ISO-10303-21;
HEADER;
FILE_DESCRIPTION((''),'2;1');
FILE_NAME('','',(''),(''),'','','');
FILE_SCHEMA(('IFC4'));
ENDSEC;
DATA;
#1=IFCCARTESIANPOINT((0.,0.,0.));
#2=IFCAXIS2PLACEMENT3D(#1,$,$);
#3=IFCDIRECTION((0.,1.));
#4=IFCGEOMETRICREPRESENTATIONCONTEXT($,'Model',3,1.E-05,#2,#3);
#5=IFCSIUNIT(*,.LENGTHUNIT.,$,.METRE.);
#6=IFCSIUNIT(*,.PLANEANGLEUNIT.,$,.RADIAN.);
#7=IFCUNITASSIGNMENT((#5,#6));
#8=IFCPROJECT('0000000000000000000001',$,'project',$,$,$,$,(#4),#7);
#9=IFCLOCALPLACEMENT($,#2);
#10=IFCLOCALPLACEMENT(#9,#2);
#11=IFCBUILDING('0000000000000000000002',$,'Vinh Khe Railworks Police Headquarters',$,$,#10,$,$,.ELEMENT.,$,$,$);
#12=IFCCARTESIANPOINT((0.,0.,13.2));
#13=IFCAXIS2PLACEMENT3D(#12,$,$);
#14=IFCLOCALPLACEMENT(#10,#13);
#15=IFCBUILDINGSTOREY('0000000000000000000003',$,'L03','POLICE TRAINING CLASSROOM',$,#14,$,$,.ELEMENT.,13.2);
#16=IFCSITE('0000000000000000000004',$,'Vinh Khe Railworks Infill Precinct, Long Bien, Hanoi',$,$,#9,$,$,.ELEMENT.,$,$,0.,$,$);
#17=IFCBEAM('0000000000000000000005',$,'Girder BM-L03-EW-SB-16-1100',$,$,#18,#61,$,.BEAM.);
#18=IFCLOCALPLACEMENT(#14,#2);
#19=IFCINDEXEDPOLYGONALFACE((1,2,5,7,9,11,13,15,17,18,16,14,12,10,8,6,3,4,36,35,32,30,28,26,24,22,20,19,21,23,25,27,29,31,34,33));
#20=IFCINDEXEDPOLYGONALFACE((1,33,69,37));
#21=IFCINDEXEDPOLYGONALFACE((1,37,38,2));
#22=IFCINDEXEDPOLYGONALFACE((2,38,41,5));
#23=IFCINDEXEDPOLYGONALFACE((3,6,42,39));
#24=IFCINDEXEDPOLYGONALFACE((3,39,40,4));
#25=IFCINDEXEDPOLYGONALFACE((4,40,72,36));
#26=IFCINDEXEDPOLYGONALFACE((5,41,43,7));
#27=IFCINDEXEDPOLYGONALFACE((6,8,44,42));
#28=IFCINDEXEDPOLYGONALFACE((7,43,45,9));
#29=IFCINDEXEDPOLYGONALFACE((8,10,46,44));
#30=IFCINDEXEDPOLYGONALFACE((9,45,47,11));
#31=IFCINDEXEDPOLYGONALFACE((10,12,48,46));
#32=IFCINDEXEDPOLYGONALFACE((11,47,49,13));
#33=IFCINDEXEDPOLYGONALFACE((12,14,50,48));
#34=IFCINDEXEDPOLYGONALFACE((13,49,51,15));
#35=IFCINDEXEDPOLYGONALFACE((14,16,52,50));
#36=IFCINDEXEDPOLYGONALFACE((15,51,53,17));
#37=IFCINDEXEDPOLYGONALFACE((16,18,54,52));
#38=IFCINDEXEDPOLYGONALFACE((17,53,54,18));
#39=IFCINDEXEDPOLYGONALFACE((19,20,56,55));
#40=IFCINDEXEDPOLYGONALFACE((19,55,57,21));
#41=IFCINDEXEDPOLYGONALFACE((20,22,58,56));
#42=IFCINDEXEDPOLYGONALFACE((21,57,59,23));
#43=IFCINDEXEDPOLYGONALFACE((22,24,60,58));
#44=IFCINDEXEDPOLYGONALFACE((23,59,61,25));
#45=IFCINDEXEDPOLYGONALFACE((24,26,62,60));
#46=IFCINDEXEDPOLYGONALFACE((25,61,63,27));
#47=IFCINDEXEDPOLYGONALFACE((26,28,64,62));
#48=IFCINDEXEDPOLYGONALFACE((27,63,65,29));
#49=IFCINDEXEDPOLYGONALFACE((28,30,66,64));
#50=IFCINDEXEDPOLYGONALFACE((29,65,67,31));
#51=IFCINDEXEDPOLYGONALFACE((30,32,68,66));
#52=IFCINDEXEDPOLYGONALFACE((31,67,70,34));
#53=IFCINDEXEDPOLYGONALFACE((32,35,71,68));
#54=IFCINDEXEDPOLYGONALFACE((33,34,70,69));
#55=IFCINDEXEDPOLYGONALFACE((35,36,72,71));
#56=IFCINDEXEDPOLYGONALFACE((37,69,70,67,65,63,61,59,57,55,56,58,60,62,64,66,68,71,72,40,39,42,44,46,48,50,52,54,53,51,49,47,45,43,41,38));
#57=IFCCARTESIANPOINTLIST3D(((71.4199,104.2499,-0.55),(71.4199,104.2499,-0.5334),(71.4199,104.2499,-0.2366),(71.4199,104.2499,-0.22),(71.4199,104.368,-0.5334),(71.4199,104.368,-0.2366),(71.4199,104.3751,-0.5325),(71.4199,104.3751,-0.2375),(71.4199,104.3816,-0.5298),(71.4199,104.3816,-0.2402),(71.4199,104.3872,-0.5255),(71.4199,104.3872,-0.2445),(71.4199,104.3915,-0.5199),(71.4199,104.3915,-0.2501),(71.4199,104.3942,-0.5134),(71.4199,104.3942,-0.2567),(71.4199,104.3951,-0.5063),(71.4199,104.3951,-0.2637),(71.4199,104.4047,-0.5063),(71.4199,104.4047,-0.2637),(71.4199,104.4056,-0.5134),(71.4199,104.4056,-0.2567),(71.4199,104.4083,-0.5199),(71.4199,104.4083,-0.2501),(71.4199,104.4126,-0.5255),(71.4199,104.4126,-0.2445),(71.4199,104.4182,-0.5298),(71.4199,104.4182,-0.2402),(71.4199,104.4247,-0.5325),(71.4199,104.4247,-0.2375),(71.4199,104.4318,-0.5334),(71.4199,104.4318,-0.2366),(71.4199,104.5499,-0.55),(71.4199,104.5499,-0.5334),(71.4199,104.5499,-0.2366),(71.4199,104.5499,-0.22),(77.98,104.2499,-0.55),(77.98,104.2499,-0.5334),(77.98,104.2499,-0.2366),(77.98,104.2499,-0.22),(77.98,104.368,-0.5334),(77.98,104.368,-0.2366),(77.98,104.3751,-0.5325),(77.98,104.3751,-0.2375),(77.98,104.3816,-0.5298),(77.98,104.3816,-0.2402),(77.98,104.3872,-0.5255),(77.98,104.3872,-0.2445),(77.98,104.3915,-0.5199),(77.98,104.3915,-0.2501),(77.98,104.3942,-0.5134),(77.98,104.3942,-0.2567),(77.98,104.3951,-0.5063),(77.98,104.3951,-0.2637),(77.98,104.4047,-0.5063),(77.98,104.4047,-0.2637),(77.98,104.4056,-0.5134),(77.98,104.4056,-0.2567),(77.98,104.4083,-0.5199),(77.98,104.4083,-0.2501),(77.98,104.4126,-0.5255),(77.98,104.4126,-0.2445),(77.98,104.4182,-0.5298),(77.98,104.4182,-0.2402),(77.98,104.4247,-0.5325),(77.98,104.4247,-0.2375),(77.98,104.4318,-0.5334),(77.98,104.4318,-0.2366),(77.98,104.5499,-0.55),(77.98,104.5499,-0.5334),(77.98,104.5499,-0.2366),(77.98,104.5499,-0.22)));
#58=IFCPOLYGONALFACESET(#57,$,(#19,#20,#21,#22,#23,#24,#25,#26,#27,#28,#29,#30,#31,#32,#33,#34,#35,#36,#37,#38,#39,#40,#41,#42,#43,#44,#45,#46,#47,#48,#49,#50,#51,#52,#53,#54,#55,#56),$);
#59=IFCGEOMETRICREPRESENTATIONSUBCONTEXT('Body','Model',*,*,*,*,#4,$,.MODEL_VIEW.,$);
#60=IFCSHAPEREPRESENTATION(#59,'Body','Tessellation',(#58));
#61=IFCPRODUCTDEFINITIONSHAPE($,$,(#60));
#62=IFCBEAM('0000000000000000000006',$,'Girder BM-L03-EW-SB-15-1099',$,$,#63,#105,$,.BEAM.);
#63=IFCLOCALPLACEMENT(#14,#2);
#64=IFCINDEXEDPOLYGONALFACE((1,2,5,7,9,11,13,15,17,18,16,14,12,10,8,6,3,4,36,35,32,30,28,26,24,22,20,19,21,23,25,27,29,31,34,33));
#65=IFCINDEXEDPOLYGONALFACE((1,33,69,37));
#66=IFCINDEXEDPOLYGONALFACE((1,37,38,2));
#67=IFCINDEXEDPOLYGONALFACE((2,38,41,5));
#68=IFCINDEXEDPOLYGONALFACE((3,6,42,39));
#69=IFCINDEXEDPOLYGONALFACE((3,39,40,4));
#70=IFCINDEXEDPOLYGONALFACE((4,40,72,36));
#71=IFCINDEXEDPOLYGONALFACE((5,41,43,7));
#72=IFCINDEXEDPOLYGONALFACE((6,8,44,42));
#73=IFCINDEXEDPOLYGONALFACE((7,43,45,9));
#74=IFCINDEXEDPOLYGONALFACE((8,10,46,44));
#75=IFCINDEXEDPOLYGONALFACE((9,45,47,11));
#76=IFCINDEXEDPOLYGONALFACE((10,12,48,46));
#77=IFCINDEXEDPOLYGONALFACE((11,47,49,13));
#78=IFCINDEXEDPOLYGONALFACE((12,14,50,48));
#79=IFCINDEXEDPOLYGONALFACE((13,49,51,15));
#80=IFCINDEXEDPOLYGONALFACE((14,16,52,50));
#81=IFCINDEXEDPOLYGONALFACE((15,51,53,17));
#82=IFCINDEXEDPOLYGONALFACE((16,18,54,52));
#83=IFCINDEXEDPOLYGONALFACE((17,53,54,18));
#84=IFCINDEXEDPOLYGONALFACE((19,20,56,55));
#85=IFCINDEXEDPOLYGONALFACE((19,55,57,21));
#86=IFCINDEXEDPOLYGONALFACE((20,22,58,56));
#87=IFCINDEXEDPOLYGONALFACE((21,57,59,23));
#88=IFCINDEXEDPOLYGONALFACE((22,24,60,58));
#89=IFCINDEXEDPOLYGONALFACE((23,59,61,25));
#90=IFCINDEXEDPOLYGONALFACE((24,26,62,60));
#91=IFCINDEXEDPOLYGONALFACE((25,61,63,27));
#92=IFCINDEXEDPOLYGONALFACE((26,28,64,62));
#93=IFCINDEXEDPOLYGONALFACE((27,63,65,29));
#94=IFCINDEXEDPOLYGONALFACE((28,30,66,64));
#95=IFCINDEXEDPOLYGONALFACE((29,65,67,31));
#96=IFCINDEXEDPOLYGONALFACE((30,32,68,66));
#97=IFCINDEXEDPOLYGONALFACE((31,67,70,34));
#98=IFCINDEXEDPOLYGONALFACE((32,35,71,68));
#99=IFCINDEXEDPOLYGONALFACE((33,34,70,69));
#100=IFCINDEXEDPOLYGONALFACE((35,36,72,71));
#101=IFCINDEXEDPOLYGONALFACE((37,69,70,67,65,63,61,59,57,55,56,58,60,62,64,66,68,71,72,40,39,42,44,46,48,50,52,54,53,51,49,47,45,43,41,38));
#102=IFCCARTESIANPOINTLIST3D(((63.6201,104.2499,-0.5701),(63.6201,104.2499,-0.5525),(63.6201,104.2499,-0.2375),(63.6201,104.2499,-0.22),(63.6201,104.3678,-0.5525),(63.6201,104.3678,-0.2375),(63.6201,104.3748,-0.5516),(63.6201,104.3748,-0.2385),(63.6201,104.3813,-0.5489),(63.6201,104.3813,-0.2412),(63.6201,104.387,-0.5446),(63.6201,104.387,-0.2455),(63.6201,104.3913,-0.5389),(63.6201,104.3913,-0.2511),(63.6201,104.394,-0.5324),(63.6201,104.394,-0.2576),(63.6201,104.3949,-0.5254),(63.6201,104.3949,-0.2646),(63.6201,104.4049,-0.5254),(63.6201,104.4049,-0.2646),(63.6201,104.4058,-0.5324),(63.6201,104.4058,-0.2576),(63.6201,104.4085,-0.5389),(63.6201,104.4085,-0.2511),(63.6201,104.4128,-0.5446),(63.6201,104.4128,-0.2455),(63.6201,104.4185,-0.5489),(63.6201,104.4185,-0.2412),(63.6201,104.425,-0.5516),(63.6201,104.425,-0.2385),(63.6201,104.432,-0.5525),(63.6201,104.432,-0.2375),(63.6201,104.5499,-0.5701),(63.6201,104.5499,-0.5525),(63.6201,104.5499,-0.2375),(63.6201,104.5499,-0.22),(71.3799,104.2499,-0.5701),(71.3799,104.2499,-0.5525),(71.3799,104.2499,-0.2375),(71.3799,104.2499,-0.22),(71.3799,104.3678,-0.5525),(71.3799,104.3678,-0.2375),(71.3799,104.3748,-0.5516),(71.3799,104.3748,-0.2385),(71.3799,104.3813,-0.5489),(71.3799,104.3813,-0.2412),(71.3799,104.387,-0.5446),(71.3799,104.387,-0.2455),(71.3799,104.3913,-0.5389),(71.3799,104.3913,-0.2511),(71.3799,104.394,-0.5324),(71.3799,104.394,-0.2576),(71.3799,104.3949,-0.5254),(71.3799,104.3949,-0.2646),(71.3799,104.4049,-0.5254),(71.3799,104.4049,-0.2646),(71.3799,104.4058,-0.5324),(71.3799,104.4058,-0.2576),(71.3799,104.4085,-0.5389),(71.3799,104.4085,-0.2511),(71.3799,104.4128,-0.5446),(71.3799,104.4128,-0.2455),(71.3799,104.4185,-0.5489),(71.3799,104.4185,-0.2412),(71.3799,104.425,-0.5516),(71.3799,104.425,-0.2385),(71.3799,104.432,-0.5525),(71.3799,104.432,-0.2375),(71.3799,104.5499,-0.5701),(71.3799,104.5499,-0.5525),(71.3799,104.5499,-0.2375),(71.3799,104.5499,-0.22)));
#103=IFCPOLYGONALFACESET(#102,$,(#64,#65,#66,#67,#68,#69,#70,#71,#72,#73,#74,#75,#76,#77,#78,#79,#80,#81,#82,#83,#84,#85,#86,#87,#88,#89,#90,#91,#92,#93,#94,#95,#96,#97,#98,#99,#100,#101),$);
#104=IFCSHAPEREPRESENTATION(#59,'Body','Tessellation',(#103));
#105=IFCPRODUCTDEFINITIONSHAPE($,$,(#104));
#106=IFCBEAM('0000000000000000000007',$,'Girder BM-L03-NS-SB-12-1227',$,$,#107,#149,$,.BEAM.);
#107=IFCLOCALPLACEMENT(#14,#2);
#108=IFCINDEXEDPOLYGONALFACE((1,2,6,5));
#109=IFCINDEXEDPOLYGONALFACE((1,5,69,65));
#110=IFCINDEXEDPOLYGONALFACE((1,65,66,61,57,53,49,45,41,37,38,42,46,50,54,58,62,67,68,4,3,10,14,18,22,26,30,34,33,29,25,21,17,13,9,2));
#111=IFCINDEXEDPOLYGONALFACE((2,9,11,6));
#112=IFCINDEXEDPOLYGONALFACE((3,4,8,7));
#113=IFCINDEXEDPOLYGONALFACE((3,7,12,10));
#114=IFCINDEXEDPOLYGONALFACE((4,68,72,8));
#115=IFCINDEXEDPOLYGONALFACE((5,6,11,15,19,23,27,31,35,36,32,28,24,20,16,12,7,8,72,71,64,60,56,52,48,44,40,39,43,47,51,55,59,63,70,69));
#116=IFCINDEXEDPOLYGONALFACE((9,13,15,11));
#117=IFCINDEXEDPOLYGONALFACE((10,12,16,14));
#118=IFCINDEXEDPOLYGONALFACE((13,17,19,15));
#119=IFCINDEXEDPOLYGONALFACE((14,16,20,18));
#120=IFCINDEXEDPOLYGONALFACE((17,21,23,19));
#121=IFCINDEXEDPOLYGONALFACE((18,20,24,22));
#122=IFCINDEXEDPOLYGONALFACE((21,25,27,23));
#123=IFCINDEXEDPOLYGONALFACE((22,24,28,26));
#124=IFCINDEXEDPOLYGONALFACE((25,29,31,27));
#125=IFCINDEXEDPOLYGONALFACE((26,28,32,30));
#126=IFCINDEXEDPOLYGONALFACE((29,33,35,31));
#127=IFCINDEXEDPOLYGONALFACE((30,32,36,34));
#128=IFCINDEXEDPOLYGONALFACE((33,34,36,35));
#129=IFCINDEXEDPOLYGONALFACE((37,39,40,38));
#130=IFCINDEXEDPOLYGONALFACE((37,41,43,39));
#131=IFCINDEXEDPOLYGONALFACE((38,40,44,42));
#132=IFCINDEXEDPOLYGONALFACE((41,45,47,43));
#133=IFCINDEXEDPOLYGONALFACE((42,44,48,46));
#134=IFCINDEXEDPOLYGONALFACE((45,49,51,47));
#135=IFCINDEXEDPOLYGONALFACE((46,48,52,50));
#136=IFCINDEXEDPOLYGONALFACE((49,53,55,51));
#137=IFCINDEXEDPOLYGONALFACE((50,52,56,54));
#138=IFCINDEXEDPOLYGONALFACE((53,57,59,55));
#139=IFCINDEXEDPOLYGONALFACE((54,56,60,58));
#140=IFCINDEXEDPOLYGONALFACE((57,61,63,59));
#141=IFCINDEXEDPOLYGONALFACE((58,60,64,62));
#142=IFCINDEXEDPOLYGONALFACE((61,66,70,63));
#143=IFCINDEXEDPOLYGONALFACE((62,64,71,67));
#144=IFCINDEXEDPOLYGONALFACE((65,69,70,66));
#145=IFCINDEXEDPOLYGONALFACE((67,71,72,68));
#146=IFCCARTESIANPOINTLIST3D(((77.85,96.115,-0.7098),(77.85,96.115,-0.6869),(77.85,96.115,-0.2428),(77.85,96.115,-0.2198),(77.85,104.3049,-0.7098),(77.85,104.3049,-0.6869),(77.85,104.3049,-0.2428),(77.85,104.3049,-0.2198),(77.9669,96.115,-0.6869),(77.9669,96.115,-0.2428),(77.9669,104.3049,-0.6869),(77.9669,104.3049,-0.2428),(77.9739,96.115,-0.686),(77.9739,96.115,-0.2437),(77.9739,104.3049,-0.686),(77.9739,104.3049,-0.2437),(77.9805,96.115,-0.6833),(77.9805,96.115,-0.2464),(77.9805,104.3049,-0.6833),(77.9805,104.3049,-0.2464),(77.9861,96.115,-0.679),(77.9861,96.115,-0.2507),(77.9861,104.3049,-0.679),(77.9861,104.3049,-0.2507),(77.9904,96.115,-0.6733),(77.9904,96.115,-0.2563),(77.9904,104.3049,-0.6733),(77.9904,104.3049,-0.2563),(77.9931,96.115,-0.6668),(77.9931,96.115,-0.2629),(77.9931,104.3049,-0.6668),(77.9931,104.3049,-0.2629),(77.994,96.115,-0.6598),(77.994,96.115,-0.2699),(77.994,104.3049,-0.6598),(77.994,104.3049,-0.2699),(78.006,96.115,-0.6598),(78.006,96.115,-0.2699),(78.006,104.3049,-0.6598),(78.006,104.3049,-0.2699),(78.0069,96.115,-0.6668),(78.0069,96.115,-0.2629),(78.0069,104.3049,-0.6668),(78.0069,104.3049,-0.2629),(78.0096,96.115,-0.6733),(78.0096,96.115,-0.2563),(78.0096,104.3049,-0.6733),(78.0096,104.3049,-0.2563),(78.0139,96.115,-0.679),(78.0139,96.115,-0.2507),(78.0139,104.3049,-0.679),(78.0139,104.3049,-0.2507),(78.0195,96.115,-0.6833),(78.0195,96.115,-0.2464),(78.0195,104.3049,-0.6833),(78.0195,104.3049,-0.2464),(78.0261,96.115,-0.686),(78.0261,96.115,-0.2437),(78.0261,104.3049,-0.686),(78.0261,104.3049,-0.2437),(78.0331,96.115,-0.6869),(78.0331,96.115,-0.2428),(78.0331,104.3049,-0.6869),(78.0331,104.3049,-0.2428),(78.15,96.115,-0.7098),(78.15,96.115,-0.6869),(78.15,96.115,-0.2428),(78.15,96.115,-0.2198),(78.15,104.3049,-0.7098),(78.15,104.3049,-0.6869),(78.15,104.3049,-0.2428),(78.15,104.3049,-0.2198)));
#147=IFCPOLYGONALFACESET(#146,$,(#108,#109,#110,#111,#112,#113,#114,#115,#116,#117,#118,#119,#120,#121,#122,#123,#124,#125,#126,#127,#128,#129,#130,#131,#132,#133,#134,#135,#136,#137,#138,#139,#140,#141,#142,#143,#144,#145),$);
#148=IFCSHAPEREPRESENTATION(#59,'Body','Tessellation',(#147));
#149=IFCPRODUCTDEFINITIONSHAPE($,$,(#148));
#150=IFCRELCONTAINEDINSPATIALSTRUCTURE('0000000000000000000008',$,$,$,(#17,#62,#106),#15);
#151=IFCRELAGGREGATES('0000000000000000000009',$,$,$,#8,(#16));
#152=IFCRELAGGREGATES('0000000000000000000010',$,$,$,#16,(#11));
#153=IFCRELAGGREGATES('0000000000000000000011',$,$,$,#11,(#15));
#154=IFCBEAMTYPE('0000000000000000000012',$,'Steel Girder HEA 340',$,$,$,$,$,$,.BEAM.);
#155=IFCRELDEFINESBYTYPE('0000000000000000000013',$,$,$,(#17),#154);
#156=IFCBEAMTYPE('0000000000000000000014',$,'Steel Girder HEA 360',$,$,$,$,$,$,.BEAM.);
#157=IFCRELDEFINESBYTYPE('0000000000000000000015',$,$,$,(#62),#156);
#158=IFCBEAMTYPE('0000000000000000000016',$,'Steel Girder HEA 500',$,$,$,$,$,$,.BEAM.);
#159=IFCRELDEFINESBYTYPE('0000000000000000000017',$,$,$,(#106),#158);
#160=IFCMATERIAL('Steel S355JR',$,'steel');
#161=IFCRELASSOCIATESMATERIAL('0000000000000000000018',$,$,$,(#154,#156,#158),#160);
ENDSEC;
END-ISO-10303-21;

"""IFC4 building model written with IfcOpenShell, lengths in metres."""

from ifc_helpers import new_model, si_unit, direction, frame, origin, origin_2d, place, context, subcontext, project, spatial, i_section, extrude, material, material_profile, profile_set, type_object, element, save


model = new_model("IFC4")

# Units and contexts
model_context = context("Model", 3, precision=1e-05, world=origin(), true_north=direction((0.0, 1.0)))
body_context = subcontext(model_context, "Body", "Model", "MODEL_VIEW")
ifc_project = project(units=[si_unit("LENGTHUNIT", "METRE"), si_unit("PLANEANGLEUNIT", "RADIAN")], contexts=[model_context])

# Site, building, storey
site_placement = place(None, origin())
site = spatial("IfcSite", under=ifc_project, at=site_placement, Name="Vinh Khe Railworks Infill Precinct, Long Bien, Hanoi", CompositionType="ELEMENT", RefElevation=0.0)
building_placement = place(site_placement, origin())
building = spatial("IfcBuilding", under=site, at=building_placement, Name="Vinh Khe Railworks Police Headquarters", CompositionType="ELEMENT")
storey_placement = place(building_placement, frame((0.0, 0.0, 13.2)))
storey = spatial("IfcBuildingStorey", under=building, at=storey_placement, Name="L03", Description="POLICE TRAINING CLASSROOM", CompositionType="ELEMENT", Elevation=13.2)

# Shared definitions
ifc_material_1 = material(Name="Steel S355JR", Category="steel")

# Beams
ifc_material_profile_1 = material_profile(ifc_material_1, i_section(OverallWidth=0.3, OverallDepth=0.3301, WebThickness=0.0095, FlangeThickness=0.0166, FilletRadius=0.0271, at=origin_2d()), Name="HEA 340")
ifc_profile_set_1 = profile_set([ifc_material_profile_1], Name="Steel S355JR")
beam_type_1 = type_object("IfcBeamType", Name="Steel Girder HEA 340", PredefinedType="BEAM", material=ifc_profile_set_1)
beam_1_placement = place(storey_placement, frame((71.4199, 104.3999, -0.385), z_axis=(1.0, 0.0, 0.0), x_axis=(0.0, 1.0, 0.0)))
element("IfcBeam", 1, at=beam_1_placement, inside=storey, type_object=beam_type_1, Name="Girder BM-L03-EW-SB-16-1100", PredefinedType="BEAM", context=body_context, shape_type="SweptSolid", body=[
    extrude(i_section(OverallWidth=0.3, OverallDepth=0.3301, WebThickness=0.0095, FlangeThickness=0.0166, FilletRadius=0.0271, at=origin_2d()), origin(), (0.0, 0.0, 1.0), 6.5601),
])
ifc_material_profile_2 = material_profile(ifc_material_1, i_section(OverallWidth=0.3, OverallDepth=0.3501, WebThickness=0.01, FlangeThickness=0.0176, FilletRadius=0.0271, at=origin_2d()), Name="HEA 360")
ifc_profile_set_2 = profile_set([ifc_material_profile_2], Name="Steel S355JR")
beam_type_2 = type_object("IfcBeamType", Name="Steel Girder HEA 360", PredefinedType="BEAM", material=ifc_profile_set_2)
beam_2_placement = place(storey_placement, frame((63.6201, 104.3999, -0.395), z_axis=(1.0, 0.0, 0.0), x_axis=(0.0, 1.0, 0.0)))
element("IfcBeam", 2, at=beam_2_placement, inside=storey, type_object=beam_type_2, Name="Girder BM-L03-EW-SB-15-1099", PredefinedType="BEAM", context=body_context, shape_type="SweptSolid", body=[
    extrude(i_section(OverallWidth=0.3, OverallDepth=0.3501, WebThickness=0.01, FlangeThickness=0.0176, FilletRadius=0.0271, at=origin_2d()), origin(), (0.0, 0.0, 1.0), 7.7598),
])
ifc_material_profile_3 = material_profile(ifc_material_1, i_section(OverallWidth=0.3, OverallDepth=0.49, WebThickness=0.012, FlangeThickness=0.0229, FilletRadius=0.0271, at=origin_2d()), Name="HEA 500")
ifc_profile_set_3 = profile_set([ifc_material_profile_3], Name="Steel S355JR")
beam_type_3 = type_object("IfcBeamType", Name="Steel Girder HEA 500", PredefinedType="BEAM", material=ifc_profile_set_3)
beam_3_placement = place(storey_placement, frame((78.0, 96.115, -0.4648), z_axis=(0.0, 1.0, 0.0), x_axis=(-1.0, 0.0, 0.0)))
element("IfcBeam", 3, at=beam_3_placement, inside=storey, type_object=beam_type_3, Name="Girder BM-L03-NS-SB-12-1227", PredefinedType="BEAM", context=body_context, shape_type="SweptSolid", body=[
    extrude(i_section(OverallWidth=0.3, OverallDepth=0.49, WebThickness=0.012, FlangeThickness=0.0229, FilletRadius=0.0271, at=origin_2d()), origin(), (0.0, 0.0, 1.0), 8.1899),
])

save(model, "model.ifc")
